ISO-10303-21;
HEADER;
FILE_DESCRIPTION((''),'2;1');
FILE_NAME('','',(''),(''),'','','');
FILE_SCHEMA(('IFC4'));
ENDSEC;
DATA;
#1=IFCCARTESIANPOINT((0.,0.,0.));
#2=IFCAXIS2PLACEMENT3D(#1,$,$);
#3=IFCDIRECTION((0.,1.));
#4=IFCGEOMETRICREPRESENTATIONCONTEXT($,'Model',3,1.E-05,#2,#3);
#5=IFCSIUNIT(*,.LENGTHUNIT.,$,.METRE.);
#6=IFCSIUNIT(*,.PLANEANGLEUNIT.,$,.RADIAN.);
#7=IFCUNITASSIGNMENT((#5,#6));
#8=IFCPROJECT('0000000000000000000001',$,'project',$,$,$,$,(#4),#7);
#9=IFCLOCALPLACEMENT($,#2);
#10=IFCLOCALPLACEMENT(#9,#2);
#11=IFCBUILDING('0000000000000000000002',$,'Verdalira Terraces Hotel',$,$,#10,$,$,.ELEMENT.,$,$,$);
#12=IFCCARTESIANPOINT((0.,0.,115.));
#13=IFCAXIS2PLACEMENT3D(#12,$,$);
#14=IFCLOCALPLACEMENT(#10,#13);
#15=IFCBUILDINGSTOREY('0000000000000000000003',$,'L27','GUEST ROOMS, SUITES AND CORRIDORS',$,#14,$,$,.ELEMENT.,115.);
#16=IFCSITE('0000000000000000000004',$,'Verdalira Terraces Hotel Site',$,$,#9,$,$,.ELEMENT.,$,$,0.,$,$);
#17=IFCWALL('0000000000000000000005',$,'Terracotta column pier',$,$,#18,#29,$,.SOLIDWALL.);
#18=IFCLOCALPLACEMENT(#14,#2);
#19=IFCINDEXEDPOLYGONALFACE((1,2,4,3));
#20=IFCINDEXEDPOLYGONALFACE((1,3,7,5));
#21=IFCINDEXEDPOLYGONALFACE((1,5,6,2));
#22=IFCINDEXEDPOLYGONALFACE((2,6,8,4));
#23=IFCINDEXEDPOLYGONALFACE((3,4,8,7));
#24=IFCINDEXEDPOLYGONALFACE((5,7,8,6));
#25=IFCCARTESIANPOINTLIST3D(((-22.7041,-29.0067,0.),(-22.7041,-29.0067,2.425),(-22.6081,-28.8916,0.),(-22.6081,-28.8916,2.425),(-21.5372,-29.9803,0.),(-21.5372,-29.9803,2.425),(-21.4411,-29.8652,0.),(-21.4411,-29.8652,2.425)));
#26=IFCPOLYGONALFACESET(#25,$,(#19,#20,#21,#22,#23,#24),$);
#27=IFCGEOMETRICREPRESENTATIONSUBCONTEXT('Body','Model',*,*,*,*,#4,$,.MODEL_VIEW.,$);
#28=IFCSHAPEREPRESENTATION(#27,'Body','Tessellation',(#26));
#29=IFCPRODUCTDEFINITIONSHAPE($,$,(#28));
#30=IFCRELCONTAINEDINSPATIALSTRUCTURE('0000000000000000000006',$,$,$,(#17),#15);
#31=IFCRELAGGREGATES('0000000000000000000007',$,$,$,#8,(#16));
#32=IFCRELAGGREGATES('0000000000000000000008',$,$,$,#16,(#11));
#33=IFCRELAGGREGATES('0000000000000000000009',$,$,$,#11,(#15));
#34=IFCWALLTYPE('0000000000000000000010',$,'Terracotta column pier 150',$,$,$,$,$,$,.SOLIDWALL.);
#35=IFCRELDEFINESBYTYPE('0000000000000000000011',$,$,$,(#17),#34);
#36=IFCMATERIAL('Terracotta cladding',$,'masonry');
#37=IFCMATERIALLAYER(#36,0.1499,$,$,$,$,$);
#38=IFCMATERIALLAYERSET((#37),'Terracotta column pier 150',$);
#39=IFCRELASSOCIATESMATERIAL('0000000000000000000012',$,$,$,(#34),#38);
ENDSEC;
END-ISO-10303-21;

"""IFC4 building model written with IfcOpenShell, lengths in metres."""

from ifc_helpers import new_model, si_unit, direction, frame, frame_2d, origin, place, context, subcontext, project, spatial, rectangle, extrude, material, layer, layer_set, type_object, element, save


model = new_model("IFC4")

# Units and contexts
model_context = context("Model", 3, precision=1e-05, world=origin(), true_north=direction((0.0, 1.0)))
body_context = subcontext(model_context, "Body", "Model", "MODEL_VIEW")
ifc_project = project(units=[si_unit("LENGTHUNIT", "METRE"), si_unit("PLANEANGLEUNIT", "RADIAN")], contexts=[model_context])

# Site, building, storey
site_placement = place(None, origin())
site = spatial("IfcSite", under=ifc_project, at=site_placement, Name="Verdalira Terraces Hotel Site", CompositionType="ELEMENT", RefElevation=0.0)
building_placement = place(site_placement, origin())
building = spatial("IfcBuilding", under=site, at=building_placement, Name="Verdalira Terraces Hotel", CompositionType="ELEMENT")
storey_placement = place(building_placement, frame((0.0, 0.0, 115.0)))
storey = spatial("IfcBuildingStorey", under=building, at=storey_placement, Name="L27", Description="GUEST ROOMS, SUITES AND CORRIDORS", CompositionType="ELEMENT", Elevation=115.0)

# Wall
ifc_material_1 = material(Name="Terracotta cladding", Category="masonry")
ifc_layer_1 = layer(ifc_material_1, 0.1499)
ifc_layer_set_1 = layer_set([ifc_layer_1], Name="Terracotta column pier 150")
wall_type_1 = type_object("IfcWallType", Name="Terracotta column pier 150", PredefinedType="SOLIDWALL", material=ifc_layer_set_1)
wall_1_placement = place(storey_placement, frame((-22.656, -28.9492, 0.0), z_axis=(0.0, 0.0, 1.0), x_axis=(0.767852, -0.640627, 0.0)))
element("IfcWall", 1, at=wall_1_placement, inside=storey, type_object=wall_type_1, Name="Terracotta column pier", PredefinedType="SOLIDWALL", context=body_context, shape_type="SweptSolid", body=[
    extrude(rectangle(XDim=1.5198, YDim=0.1499, at=frame_2d((0.7598, 0.0))), origin(), (0.0, 0.0, 1.0), 2.425),
])

save(model, "model.ifc")
